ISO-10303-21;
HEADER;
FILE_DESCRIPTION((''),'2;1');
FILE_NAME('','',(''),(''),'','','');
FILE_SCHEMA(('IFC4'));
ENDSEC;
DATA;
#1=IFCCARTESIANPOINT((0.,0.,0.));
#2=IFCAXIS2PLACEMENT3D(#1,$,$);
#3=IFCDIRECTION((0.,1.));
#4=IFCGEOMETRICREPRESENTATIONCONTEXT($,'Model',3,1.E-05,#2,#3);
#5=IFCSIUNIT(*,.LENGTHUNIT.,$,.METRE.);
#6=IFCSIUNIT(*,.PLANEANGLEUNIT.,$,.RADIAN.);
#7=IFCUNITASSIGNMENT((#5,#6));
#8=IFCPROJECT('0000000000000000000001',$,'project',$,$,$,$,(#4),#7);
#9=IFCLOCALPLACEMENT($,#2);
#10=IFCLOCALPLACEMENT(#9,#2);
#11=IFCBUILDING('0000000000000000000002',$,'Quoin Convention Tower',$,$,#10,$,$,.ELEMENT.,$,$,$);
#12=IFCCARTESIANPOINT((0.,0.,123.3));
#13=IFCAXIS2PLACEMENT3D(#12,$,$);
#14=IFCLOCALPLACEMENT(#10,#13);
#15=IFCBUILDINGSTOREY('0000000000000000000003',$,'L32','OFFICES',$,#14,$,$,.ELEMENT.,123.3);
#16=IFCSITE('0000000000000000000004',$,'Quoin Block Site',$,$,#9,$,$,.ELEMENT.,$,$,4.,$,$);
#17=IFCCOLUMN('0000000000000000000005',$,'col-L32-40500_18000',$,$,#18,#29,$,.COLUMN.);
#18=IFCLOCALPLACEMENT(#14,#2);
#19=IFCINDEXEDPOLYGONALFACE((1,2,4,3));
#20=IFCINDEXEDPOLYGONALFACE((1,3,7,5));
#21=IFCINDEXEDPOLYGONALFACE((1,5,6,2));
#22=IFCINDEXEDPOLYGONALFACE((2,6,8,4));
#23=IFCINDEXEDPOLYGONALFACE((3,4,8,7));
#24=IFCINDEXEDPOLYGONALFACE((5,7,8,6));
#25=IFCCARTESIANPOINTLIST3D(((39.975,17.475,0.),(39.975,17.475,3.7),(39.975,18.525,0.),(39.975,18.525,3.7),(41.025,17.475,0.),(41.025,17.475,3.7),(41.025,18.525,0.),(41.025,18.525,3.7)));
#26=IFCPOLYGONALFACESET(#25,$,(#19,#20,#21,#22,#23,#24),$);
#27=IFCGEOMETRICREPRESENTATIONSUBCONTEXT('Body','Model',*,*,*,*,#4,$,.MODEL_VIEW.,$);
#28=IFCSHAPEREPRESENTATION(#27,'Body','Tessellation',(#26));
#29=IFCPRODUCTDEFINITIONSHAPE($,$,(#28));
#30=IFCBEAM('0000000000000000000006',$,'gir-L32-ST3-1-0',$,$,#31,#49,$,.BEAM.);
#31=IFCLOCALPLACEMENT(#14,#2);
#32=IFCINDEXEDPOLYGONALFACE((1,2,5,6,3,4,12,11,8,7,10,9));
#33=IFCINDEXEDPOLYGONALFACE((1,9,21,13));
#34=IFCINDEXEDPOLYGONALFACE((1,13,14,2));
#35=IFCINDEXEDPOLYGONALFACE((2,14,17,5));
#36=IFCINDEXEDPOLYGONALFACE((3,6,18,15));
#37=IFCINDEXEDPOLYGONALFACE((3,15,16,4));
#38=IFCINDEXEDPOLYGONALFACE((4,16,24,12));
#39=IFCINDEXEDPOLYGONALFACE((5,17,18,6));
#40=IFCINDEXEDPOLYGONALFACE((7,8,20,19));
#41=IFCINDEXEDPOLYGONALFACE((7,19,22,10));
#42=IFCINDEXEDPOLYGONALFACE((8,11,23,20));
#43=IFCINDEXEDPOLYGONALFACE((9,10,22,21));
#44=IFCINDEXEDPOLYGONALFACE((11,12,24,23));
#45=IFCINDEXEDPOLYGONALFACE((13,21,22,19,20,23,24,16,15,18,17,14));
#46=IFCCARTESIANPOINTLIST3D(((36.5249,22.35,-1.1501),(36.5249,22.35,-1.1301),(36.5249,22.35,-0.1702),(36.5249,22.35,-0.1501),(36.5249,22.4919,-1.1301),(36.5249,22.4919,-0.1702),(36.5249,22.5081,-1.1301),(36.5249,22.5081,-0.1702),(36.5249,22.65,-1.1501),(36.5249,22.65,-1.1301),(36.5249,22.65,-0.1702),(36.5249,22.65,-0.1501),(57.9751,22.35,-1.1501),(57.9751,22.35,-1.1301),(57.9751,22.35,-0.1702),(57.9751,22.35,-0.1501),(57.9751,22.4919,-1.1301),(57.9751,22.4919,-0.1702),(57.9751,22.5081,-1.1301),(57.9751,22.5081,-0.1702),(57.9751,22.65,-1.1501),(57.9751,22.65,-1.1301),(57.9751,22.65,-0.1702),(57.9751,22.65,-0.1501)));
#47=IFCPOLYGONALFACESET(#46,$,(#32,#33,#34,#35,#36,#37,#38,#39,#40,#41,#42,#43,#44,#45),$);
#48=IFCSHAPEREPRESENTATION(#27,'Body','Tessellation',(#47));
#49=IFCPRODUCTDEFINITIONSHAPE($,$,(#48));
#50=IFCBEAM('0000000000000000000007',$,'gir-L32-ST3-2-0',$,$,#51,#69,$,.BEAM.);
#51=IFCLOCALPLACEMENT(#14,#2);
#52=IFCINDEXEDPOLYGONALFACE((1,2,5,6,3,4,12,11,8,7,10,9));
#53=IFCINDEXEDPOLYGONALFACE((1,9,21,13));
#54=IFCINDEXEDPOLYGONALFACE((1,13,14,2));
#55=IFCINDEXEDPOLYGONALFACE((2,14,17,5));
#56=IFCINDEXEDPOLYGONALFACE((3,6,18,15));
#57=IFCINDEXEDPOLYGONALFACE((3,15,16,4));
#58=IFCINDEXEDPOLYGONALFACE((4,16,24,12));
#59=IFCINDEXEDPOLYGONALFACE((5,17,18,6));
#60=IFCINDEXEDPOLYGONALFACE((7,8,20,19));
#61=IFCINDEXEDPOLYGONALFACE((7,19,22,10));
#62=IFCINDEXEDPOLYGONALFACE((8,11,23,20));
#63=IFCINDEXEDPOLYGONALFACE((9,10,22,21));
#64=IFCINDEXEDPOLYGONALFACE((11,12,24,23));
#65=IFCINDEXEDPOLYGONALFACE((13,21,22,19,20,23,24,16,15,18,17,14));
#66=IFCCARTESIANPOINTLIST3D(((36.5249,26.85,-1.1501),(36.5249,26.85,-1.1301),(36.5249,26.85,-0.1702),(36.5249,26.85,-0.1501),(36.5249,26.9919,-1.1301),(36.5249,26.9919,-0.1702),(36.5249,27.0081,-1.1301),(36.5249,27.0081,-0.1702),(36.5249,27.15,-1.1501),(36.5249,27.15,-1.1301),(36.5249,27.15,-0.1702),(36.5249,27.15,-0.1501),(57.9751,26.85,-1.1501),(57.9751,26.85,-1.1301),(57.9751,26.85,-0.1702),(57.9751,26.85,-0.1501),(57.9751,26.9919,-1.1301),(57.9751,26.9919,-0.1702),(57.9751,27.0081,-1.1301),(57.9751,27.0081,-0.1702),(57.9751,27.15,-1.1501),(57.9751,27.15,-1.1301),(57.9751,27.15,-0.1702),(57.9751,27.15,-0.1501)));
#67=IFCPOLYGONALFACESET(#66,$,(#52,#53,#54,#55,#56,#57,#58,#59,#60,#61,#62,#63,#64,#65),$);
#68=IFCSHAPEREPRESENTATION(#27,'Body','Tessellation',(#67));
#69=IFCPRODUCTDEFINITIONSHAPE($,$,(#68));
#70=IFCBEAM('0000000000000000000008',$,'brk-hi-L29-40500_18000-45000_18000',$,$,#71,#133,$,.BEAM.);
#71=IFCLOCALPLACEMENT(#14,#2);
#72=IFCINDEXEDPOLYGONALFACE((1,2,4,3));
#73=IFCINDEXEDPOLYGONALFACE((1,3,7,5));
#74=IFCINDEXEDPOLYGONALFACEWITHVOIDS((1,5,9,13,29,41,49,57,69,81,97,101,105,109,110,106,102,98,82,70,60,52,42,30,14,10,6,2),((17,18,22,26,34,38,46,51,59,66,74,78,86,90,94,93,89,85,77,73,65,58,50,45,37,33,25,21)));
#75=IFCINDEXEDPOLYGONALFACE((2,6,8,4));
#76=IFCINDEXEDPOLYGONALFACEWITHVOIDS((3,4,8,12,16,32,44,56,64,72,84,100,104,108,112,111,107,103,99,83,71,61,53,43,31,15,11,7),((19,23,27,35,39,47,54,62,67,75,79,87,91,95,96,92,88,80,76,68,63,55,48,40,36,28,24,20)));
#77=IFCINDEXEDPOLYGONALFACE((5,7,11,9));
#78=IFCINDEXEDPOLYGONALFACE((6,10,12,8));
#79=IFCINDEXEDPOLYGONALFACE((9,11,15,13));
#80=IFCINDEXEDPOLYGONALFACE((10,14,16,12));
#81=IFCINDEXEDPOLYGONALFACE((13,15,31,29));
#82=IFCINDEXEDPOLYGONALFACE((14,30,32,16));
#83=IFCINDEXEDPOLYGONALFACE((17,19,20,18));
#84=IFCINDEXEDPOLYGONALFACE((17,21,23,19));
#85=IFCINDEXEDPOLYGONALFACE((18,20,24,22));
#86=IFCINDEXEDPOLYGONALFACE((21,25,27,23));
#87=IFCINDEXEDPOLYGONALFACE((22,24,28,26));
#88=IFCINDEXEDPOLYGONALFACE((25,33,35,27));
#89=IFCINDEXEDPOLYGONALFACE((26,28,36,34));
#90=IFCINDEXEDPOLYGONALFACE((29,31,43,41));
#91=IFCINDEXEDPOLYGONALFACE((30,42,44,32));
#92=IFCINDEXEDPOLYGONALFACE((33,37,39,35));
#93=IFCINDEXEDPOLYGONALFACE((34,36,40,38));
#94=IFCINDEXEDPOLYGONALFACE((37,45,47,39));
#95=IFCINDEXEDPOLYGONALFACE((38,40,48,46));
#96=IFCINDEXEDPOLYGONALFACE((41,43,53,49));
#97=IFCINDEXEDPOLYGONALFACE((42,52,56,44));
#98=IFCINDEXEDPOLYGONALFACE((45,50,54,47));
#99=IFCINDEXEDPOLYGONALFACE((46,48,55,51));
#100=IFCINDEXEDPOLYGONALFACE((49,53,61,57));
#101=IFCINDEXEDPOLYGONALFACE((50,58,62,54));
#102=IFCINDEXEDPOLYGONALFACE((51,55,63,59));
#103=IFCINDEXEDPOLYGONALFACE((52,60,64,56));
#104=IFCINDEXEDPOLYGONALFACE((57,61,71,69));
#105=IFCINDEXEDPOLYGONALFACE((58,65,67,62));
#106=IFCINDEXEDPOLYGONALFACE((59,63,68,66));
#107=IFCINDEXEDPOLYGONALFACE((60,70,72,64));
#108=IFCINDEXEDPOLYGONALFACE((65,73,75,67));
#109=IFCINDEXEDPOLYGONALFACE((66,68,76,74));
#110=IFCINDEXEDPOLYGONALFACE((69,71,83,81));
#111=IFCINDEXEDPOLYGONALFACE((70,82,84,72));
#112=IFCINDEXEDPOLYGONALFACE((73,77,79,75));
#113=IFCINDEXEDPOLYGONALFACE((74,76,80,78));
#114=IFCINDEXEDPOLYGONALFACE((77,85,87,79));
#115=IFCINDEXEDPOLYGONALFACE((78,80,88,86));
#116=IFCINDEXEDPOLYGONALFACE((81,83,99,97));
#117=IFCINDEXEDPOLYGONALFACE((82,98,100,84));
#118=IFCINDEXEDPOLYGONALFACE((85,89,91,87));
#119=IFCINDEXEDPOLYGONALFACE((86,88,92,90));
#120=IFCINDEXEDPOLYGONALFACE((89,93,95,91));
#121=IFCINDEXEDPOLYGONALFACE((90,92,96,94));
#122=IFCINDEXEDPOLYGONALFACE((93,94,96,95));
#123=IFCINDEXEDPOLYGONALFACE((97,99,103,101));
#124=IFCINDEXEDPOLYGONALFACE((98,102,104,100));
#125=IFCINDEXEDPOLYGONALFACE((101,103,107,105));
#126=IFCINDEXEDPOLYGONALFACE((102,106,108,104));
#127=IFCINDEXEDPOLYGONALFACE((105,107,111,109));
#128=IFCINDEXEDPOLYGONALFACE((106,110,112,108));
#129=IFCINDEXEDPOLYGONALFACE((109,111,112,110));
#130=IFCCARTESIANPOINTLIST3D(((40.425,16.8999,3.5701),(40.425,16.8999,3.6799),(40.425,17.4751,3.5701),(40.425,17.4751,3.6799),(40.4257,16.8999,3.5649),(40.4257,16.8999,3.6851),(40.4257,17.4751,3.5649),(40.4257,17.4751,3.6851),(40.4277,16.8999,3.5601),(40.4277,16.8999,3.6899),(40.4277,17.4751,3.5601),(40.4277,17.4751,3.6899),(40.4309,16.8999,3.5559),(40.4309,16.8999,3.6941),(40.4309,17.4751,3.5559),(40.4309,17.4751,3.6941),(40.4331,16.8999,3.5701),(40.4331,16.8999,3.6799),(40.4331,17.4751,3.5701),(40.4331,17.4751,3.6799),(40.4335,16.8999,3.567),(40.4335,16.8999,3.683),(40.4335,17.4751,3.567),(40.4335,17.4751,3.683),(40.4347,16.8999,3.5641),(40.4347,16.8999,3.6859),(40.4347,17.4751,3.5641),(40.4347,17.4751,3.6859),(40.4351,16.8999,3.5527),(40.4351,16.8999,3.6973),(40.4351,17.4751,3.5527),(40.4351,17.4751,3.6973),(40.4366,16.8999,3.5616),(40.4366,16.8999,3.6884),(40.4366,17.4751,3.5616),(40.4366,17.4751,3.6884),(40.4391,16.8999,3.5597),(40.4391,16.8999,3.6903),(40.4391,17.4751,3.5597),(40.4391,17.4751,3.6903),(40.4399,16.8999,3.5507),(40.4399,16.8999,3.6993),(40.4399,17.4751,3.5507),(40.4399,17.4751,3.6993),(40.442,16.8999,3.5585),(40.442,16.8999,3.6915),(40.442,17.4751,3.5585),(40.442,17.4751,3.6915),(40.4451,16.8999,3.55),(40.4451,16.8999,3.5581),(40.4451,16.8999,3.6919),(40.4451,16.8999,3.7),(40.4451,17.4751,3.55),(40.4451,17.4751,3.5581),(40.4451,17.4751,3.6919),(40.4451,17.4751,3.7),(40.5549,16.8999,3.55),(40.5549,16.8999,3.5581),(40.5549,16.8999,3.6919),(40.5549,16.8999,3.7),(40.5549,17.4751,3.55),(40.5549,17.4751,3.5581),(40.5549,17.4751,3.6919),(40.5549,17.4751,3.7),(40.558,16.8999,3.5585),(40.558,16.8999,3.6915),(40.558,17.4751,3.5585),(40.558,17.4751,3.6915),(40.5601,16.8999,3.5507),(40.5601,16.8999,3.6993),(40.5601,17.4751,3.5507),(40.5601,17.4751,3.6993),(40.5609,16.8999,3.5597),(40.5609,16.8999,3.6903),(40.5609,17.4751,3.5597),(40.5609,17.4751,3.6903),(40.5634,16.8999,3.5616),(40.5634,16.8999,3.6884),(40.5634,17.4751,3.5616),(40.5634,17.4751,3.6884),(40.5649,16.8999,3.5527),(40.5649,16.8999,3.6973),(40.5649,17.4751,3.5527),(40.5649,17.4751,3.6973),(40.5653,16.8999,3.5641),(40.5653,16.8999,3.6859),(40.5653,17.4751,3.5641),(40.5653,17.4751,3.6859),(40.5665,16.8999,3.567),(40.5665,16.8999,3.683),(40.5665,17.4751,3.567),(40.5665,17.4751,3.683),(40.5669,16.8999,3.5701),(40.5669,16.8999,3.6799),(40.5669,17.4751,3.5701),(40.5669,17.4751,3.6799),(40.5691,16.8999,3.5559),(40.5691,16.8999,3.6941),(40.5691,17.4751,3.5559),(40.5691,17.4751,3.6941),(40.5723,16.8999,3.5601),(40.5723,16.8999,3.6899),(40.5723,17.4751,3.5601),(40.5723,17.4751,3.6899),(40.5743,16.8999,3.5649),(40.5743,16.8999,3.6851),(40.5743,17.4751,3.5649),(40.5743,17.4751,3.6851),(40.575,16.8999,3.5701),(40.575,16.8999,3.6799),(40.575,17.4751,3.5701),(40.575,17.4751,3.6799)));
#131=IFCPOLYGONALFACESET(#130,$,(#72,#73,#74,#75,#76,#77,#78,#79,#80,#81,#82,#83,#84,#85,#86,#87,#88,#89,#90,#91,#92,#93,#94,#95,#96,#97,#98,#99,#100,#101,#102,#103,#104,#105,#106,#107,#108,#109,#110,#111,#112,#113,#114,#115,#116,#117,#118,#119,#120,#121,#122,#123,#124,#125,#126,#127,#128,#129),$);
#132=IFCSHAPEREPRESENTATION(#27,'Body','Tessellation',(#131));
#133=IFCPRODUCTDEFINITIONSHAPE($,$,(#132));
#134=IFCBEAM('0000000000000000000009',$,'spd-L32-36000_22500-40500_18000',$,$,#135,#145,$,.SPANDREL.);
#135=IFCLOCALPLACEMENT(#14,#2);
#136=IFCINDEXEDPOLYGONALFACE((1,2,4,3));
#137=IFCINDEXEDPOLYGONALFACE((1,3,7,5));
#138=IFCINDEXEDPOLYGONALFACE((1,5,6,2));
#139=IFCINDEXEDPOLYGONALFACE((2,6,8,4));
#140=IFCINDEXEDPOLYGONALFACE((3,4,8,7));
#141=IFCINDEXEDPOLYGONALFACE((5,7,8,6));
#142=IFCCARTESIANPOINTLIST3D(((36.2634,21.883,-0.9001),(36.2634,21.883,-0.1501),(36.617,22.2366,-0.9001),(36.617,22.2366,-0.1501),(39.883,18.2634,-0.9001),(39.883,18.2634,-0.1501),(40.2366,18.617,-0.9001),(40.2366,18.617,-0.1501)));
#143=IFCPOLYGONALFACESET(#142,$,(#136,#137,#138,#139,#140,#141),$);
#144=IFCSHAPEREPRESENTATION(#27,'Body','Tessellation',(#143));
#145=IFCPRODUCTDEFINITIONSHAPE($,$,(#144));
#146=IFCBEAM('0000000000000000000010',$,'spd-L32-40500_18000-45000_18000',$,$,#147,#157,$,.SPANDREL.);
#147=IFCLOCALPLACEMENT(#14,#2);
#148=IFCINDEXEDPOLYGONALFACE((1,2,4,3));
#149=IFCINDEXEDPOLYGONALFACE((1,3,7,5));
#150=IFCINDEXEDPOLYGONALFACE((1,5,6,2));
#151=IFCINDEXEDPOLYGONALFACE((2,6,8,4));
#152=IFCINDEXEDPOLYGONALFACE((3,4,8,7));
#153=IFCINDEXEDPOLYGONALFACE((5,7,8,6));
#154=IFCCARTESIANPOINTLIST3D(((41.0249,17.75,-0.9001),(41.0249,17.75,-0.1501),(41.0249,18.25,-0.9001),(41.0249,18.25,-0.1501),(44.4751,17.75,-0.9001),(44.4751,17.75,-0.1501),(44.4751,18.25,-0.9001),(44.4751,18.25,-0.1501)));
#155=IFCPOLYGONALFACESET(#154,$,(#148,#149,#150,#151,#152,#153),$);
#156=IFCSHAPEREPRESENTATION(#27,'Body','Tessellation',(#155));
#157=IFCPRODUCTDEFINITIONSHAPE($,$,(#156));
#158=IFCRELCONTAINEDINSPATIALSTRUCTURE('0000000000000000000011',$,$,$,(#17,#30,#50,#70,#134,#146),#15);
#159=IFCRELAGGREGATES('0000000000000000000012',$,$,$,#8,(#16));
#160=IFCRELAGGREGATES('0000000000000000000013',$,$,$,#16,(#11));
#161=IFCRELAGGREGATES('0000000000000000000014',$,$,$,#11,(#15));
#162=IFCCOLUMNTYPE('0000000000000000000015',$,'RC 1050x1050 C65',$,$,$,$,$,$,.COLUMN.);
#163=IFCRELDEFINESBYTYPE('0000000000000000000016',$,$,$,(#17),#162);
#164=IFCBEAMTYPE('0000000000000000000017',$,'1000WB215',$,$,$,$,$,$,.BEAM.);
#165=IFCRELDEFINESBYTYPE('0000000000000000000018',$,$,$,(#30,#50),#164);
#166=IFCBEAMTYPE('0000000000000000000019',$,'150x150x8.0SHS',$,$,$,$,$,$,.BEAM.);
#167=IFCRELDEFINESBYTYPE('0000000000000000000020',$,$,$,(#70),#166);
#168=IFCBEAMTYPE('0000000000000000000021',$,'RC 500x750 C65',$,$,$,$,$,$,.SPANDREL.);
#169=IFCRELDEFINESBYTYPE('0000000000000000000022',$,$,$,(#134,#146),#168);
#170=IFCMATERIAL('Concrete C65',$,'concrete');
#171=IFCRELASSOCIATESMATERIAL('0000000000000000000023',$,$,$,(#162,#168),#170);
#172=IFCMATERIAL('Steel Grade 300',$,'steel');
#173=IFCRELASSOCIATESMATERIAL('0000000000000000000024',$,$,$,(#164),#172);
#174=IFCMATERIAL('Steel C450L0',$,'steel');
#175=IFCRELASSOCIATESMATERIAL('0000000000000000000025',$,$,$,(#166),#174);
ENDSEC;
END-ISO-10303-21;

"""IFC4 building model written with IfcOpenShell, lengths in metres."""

from ifc_helpers import new_model, si_unit, direction, frame, origin, origin_2d, place, context, subcontext, project, spatial, rectangle, hollow_rectangle, i_section, extrude, material, material_profile, profile_set, type_object, element, save


model = new_model("IFC4")

# Units and contexts
model_context = context("Model", 3, precision=1e-05, world=origin(), true_north=direction((0.0, 1.0)))
body_context = subcontext(model_context, "Body", "Model", "MODEL_VIEW")
ifc_project = project(units=[si_unit("LENGTHUNIT", "METRE"), si_unit("PLANEANGLEUNIT", "RADIAN")], contexts=[model_context])

# Site, building, storey
site_placement = place(None, origin())
site = spatial("IfcSite", under=ifc_project, at=site_placement, Name="Quoin Block Site", CompositionType="ELEMENT", RefElevation=4.0)
building_placement = place(site_placement, origin())
building = spatial("IfcBuilding", under=site, at=building_placement, Name="Quoin Convention Tower", CompositionType="ELEMENT")
storey_placement = place(building_placement, frame((0.0, 0.0, 123.3)))
storey = spatial("IfcBuildingStorey", under=building, at=storey_placement, Name="L32", Description="OFFICES", CompositionType="ELEMENT", Elevation=123.3)

# Column
ifc_material_1 = material(Name="Concrete C65", Category="concrete")
ifc_material_profile_1 = material_profile(ifc_material_1, rectangle(XDim=1.05, YDim=1.05, at=origin_2d()), Name="RC 1050x1050")
ifc_profile_set_1 = profile_set([ifc_material_profile_1], Name="Concrete C65")
column_type = type_object("IfcColumnType", Name="RC 1050x1050 C65", PredefinedType="COLUMN", material=ifc_profile_set_1)
column_placement = place(storey_placement, frame((40.5, 18.0, 0.0), z_axis=(0.0, 0.0, 1.0), x_axis=(1.0, 0.0, 0.0)))
element("IfcColumn", 1, at=column_placement, inside=storey, type_object=column_type, Name="col-L32-40500_18000", PredefinedType="COLUMN", context=body_context, shape_type="SweptSolid", body=[
    extrude(rectangle(XDim=1.05, YDim=1.05, at=origin_2d()), origin(), (0.0, 0.0, 1.0), 3.7),
])

# Beams
ifc_material_2 = material(Name="Steel Grade 300", Category="steel")
ifc_material_profile_2 = material_profile(ifc_material_2, i_section(OverallWidth=0.3, OverallDepth=1.0, WebThickness=0.0161, FlangeThickness=0.02, at=origin_2d()), Name="1000WB215")
ifc_profile_set_2 = profile_set([ifc_material_profile_2], Name="Steel Grade 300")
beam_type_1 = type_object("IfcBeamType", Name="1000WB215", PredefinedType="BEAM", material=ifc_profile_set_2)
for number, where, z_axis, x_axis, name in (
    (2, (36.5249, 22.5, -0.6501), (1.0, 0.0, 0.0), (0.0, 1.0, 0.0), "gir-L32-ST3-1-0"),
    (3, (36.5249, 27.0, -0.6501), (1.0, 0.0, 0.0), (0.0, 1.0, 0.0), "gir-L32-ST3-2-0"),
):
    element("IfcBeam", number, at=place(storey_placement, frame(where, z_axis=z_axis, x_axis=x_axis)), inside=storey, type_object=beam_type_1, Name=name, PredefinedType="BEAM", context=body_context, shape_type="SweptSolid", body=[
        extrude(i_section(OverallWidth=0.3, OverallDepth=1.0, WebThickness=0.0161, FlangeThickness=0.02, at=origin_2d()), origin(), (0.0, 0.0, 1.0), 21.4502),
    ])
ifc_material_3 = material(Name="Steel C450L0", Category="steel")
ifc_material_profile_3 = material_profile(ifc_material_3, hollow_rectangle(XDim=0.1499, YDim=0.1499, WallThickness=0.0081, InnerFilletRadius=0.012, OuterFilletRadius=0.02, at=origin_2d()), Name="150x150x8.0SHS")
ifc_profile_set_3 = profile_set([ifc_material_profile_3], Name="Steel C450L0")
beam_type_2 = type_object("IfcBeamType", Name="150x150x8.0SHS", PredefinedType="BEAM", material=ifc_profile_set_3)
beam_1_placement = place(storey_placement, frame((40.5, 17.4751, 3.625), z_axis=(0.0, -1.0, 0.0), x_axis=(1.0, 0.0, 0.0)))
element("IfcBeam", 4, at=beam_1_placement, inside=storey, type_object=beam_type_2, Name="brk-hi-L29-40500_18000-45000_18000", PredefinedType="BEAM", context=body_context, shape_type="SweptSolid", body=[
    extrude(hollow_rectangle(XDim=0.1499, YDim=0.1499, WallThickness=0.0081, InnerFilletRadius=0.012, OuterFilletRadius=0.02, at=origin_2d()), origin(), (0.0, 0.0, 1.0), 0.5752),
])
ifc_material_profile_4 = material_profile(ifc_material_1, rectangle(XDim=0.5, YDim=0.75, at=origin_2d()), Name="RC 500x750")
ifc_profile_set_4 = profile_set([ifc_material_profile_4], Name="Concrete C65")
beam_type_3 = type_object("IfcBeamType", Name="RC 500x750 C65", PredefinedType="SPANDREL", material=ifc_profile_set_4)
beam_2_placement = place(storey_placement, frame((36.4402, 22.0598, -0.5251), z_axis=(0.707107, -0.707107, 0.0), x_axis=(0.707107, 0.707107, 0.0)))
element("IfcBeam", 5, at=beam_2_placement, inside=storey, type_object=beam_type_3, Name="spd-L32-36000_22500-40500_18000", PredefinedType="SPANDREL", context=body_context, shape_type="SweptSolid", body=[
    extrude(rectangle(XDim=0.5, YDim=0.75, at=origin_2d()), origin(), (0.0, 0.0, 1.0), 5.1189),
])
beam_3_placement = place(storey_placement, frame((41.0249, 18.0, -0.5251), z_axis=(1.0, 0.0, 0.0), x_axis=(0.0, 1.0, 0.0)))
element("IfcBeam", 6, at=beam_3_placement, inside=storey, type_object=beam_type_3, Name="spd-L32-40500_18000-45000_18000", PredefinedType="SPANDREL", context=body_context, shape_type="SweptSolid", body=[
    extrude(rectangle(XDim=0.5, YDim=0.75, at=origin_2d()), origin(), (0.0, 0.0, 1.0), 3.4502),
])

save(model, "model.ifc")
